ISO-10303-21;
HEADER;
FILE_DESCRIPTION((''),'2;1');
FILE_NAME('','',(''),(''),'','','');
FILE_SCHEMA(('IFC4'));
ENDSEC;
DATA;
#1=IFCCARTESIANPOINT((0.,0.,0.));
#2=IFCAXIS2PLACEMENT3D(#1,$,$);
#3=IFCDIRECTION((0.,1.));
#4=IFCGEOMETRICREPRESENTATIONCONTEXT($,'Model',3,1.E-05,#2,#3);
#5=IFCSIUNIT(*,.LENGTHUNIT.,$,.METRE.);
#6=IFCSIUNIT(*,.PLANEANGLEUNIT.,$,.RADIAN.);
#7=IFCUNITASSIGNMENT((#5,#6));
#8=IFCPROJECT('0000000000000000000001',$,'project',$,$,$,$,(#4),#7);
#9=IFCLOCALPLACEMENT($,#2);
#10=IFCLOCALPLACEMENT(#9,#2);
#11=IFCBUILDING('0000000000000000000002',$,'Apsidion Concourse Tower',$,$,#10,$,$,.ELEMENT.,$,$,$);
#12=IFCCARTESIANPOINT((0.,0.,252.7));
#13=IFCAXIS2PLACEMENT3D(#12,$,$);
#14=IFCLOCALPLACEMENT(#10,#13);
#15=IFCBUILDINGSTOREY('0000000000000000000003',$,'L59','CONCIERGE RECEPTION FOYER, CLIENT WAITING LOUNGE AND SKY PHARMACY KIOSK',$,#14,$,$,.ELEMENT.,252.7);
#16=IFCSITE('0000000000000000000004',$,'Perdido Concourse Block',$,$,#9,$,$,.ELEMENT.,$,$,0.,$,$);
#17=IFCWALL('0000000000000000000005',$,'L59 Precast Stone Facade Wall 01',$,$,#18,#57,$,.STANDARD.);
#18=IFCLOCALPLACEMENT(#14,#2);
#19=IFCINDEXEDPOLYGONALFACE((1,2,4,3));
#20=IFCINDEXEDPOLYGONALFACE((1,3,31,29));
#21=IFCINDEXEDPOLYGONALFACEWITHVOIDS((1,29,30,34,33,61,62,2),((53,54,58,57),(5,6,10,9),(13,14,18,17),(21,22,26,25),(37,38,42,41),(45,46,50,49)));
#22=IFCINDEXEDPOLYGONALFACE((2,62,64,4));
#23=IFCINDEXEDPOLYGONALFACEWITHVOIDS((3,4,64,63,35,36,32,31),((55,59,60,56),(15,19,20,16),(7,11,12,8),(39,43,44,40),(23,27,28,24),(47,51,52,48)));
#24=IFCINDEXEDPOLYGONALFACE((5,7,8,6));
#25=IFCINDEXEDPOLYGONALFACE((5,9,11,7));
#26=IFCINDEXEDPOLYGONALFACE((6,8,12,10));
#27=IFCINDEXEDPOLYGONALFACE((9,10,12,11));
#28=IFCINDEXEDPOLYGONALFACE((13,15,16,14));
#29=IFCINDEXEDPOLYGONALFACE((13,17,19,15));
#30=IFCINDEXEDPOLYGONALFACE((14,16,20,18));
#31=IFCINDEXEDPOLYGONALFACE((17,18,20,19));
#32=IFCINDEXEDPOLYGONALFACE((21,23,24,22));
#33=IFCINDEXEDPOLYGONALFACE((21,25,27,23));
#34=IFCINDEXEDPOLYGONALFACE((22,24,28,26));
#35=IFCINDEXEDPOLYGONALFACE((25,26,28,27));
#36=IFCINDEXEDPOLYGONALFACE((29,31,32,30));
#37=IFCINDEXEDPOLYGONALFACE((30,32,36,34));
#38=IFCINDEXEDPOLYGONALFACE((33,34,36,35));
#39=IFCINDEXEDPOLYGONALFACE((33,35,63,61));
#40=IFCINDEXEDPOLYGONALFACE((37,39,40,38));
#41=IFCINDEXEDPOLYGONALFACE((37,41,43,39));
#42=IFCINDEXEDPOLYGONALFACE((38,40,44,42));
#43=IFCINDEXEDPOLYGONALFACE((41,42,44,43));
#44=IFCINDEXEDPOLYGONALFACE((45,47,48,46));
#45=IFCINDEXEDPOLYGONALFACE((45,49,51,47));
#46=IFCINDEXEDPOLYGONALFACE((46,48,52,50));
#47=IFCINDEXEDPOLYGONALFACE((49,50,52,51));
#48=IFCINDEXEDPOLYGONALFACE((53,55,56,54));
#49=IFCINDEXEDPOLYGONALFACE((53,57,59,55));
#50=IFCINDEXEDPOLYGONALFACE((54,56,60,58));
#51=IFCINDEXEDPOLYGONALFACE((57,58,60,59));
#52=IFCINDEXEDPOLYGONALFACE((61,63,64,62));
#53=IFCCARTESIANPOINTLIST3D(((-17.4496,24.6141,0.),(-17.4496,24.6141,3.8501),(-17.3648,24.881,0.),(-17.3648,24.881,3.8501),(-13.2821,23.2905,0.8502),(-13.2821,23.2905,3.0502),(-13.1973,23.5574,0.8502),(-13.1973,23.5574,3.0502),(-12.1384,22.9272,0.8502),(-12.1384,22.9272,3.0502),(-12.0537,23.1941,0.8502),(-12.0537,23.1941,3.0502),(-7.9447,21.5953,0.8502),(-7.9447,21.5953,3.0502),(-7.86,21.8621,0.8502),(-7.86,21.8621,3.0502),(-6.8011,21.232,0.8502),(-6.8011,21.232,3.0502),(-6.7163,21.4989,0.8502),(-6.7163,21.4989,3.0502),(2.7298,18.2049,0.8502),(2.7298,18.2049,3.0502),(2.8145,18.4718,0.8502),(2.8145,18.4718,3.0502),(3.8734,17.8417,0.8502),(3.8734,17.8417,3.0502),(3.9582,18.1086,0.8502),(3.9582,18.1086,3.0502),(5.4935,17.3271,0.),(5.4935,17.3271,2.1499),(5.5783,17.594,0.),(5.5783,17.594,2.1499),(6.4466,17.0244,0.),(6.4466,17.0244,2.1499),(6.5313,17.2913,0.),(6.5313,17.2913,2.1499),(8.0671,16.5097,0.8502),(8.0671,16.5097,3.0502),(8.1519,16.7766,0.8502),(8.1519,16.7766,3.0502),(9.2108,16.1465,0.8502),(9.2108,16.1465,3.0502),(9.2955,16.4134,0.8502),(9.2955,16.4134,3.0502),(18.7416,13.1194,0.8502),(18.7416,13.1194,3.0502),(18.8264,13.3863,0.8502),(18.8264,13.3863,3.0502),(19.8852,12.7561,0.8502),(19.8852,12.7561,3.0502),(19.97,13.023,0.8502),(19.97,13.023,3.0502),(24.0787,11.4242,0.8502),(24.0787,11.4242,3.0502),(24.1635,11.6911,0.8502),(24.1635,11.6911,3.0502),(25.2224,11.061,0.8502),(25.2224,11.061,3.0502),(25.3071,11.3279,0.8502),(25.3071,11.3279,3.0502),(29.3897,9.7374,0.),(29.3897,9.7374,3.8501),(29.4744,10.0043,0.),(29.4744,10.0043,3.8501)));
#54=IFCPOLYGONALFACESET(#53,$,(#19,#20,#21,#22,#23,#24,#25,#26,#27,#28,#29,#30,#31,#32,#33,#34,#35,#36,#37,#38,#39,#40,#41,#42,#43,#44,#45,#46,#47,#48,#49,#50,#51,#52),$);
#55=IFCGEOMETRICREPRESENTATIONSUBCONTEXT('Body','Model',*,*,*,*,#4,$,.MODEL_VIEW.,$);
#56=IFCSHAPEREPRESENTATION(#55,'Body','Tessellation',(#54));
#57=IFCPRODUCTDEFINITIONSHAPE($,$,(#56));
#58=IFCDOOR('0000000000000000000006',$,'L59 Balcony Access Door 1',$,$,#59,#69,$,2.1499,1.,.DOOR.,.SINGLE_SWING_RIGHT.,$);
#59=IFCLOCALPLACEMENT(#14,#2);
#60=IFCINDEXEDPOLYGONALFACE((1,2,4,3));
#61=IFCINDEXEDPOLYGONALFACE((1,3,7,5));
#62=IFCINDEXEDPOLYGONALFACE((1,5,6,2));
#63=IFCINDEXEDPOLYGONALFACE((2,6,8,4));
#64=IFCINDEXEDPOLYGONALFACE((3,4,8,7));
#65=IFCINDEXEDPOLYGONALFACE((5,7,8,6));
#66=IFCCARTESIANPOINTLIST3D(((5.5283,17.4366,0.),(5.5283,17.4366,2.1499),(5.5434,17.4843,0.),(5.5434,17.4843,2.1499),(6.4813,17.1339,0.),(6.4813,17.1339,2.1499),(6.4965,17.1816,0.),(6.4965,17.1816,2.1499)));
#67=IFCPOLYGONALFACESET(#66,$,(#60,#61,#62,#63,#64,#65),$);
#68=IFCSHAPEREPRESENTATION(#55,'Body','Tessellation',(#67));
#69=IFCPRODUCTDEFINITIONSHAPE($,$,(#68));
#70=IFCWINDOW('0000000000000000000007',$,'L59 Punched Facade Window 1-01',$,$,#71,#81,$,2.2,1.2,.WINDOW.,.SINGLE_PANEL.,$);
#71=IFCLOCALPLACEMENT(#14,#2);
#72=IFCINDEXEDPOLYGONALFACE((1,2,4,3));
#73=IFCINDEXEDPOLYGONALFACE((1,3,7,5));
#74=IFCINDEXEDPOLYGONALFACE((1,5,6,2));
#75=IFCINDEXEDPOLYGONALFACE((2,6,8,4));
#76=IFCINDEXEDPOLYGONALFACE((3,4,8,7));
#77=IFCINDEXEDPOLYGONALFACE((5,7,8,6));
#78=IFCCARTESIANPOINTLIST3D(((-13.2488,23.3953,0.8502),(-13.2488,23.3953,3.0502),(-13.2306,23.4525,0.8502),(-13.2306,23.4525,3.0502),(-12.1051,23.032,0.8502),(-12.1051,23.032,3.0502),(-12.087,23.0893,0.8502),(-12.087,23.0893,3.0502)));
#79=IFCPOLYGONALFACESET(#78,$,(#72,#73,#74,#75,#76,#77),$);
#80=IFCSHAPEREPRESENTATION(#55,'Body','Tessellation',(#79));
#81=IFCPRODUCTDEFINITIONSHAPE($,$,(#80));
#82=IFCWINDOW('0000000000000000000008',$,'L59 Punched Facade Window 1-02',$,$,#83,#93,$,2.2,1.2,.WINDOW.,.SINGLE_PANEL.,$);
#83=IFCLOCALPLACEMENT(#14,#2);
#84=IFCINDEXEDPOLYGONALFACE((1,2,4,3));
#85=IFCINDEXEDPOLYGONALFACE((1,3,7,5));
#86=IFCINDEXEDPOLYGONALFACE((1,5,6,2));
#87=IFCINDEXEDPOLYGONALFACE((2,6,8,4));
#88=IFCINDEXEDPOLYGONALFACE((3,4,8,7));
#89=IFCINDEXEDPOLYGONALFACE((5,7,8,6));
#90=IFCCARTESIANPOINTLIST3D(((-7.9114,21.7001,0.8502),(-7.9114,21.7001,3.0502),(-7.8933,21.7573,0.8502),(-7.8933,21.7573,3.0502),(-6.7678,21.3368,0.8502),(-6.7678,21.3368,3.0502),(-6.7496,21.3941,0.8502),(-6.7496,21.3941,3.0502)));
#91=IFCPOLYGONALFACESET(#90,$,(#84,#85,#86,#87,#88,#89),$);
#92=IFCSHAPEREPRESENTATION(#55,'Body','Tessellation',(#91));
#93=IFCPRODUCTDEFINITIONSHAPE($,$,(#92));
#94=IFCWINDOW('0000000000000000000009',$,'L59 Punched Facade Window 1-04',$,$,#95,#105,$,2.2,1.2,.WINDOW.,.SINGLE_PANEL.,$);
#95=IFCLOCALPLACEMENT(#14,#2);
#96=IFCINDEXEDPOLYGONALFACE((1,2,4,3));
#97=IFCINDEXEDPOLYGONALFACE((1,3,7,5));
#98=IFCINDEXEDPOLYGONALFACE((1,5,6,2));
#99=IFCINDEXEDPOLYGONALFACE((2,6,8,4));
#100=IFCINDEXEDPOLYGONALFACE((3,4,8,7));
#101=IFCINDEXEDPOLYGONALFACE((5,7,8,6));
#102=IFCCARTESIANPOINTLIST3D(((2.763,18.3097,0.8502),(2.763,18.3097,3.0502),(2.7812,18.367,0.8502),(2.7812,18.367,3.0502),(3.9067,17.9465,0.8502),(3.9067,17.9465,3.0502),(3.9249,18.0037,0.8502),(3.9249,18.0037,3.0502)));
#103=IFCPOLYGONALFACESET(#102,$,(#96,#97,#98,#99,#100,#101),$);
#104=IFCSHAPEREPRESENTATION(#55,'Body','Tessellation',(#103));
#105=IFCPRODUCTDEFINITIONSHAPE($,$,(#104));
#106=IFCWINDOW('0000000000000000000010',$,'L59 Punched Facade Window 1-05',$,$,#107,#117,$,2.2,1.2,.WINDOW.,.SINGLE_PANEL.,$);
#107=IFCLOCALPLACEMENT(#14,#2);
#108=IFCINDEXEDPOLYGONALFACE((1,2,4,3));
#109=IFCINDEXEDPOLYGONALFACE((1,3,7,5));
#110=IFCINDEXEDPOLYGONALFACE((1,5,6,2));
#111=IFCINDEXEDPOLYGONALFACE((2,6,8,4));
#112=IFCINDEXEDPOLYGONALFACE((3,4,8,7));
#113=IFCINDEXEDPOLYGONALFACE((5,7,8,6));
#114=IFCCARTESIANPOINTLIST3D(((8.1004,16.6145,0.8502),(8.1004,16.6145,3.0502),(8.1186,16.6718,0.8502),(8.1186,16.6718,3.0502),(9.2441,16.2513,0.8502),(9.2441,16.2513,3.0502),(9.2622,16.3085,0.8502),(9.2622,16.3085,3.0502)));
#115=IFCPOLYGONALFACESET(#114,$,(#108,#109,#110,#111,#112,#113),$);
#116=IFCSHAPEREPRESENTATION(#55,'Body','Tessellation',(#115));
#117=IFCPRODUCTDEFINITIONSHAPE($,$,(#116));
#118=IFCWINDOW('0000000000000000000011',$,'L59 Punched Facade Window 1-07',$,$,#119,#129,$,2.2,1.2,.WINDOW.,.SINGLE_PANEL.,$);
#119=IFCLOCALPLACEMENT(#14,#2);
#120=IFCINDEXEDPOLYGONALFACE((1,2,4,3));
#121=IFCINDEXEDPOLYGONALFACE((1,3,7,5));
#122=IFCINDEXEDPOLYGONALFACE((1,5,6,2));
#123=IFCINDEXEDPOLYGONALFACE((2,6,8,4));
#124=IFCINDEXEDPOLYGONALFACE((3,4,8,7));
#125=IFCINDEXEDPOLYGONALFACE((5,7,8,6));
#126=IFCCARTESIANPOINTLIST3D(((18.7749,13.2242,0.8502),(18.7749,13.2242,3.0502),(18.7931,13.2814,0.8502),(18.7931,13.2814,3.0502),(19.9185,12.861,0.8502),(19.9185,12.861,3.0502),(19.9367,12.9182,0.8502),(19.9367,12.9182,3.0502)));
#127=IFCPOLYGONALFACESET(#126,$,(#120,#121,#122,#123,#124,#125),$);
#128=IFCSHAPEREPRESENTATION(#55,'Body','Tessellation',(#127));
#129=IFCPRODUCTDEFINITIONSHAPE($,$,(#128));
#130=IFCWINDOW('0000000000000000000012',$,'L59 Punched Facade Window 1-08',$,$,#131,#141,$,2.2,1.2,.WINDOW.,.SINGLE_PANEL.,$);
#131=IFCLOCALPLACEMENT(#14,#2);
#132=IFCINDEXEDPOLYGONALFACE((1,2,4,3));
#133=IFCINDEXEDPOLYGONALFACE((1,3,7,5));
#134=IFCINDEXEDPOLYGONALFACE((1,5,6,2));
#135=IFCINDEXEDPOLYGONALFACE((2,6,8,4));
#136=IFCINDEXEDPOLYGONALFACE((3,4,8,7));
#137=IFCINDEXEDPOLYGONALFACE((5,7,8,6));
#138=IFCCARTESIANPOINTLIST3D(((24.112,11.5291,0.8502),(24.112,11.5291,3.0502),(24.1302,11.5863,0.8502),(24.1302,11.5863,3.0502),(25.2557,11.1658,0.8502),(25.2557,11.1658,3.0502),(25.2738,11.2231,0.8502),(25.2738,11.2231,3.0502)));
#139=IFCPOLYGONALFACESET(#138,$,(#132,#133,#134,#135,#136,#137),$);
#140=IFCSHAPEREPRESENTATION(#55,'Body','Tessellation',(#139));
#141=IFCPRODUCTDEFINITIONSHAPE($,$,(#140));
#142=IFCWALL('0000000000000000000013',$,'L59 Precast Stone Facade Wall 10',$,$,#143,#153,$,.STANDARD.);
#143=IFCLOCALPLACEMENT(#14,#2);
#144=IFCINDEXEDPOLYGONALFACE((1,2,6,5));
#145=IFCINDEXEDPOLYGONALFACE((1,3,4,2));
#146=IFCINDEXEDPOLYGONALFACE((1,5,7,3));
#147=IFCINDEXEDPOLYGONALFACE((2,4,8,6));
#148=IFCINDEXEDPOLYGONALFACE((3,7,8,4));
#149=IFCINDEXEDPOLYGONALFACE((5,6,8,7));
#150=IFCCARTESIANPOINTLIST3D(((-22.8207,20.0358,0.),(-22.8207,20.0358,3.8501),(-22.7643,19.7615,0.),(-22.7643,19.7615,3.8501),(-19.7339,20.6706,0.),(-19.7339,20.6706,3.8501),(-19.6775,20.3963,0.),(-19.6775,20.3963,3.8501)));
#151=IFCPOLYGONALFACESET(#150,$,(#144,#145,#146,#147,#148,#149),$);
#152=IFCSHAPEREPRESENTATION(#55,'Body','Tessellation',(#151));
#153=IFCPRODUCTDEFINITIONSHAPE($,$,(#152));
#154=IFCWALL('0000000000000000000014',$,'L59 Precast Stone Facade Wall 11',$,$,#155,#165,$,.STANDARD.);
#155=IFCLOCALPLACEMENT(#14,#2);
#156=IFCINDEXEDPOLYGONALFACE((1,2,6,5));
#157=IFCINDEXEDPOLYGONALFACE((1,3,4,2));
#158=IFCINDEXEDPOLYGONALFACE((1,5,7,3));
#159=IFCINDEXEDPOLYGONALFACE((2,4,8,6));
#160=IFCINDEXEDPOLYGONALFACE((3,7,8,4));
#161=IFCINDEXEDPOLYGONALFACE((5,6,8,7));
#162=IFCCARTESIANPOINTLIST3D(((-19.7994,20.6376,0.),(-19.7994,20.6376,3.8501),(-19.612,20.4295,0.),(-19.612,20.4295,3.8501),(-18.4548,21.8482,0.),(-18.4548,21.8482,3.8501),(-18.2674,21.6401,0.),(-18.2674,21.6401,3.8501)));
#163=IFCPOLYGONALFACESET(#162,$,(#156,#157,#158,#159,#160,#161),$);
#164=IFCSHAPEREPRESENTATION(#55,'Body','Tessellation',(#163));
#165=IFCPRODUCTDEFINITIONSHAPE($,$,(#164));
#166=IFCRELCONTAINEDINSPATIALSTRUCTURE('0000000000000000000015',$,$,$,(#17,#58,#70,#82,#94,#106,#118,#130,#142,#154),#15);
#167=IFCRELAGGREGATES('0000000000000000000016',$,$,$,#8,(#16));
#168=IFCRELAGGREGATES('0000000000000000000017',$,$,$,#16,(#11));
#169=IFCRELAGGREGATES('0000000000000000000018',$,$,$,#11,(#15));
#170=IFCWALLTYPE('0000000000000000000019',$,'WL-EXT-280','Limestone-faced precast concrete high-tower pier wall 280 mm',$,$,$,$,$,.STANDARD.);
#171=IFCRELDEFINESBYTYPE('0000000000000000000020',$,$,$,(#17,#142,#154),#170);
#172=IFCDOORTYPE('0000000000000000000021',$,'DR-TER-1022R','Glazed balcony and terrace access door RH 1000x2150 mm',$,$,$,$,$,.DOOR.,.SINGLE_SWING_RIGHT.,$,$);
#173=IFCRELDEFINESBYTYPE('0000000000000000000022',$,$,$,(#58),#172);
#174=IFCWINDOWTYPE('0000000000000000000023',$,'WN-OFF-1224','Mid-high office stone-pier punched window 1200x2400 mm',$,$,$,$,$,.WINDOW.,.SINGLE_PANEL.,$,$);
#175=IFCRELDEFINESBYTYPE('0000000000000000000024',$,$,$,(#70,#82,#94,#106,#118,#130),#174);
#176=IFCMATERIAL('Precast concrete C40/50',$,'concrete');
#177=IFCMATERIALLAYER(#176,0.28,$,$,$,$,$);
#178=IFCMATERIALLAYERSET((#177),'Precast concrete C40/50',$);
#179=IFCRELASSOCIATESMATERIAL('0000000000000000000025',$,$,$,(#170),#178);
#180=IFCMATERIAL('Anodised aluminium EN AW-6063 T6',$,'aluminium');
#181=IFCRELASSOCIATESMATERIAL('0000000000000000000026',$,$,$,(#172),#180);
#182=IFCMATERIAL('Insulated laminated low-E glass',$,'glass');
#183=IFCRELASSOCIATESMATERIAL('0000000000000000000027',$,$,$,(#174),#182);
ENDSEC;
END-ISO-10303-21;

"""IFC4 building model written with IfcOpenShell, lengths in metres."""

from ifc_helpers import new_model, si_unit, direction, frame, frame_2d, origin, place, context, subcontext, project, spatial, rectangle, extrude, material, layer, layer_set, type_object, element, fill, save


model = new_model("IFC4")

# Units and contexts
model_context = context("Model", 3, precision=1e-05, world=origin(), true_north=direction((0.0, 1.0)))
body_context = subcontext(model_context, "Body", "Model", "MODEL_VIEW")
ifc_project = project(units=[si_unit("LENGTHUNIT", "METRE"), si_unit("PLANEANGLEUNIT", "RADIAN")], contexts=[model_context])

# Site, building, storey
site_placement = place(None, origin())
site = spatial("IfcSite", under=ifc_project, at=site_placement, Name="Perdido Concourse Block", CompositionType="ELEMENT", RefElevation=0.0)
building_placement = place(site_placement, origin())
building = spatial("IfcBuilding", under=site, at=building_placement, Name="Apsidion Concourse Tower", CompositionType="ELEMENT")
storey_placement = place(building_placement, frame((0.0, 0.0, 252.7)))
storey = spatial("IfcBuildingStorey", under=building, at=storey_placement, Name="L59", Description="CONCIERGE RECEPTION FOYER, CLIENT WAITING LOUNGE AND SKY PHARMACY KIOSK", CompositionType="ELEMENT", Elevation=252.7)

# Wall, openings, door, windows
ifc_material_1 = material(Name="Precast concrete C40/50", Category="concrete")
ifc_layer_1 = layer(ifc_material_1, 0.28)
ifc_layer_set_1 = layer_set([ifc_layer_1], Name="Precast concrete C40/50")
wall_type_1 = type_object("IfcWallType", Name="WL-EXT-280", Description="Limestone-faced precast concrete high-tower pier wall 280 mm", PredefinedType="STANDARD", material=ifc_layer_set_1)
wall_1_placement = place(storey_placement, frame((-17.4072, 24.7476, 0.0), z_axis=(0.0, 0.0, 1.0), x_axis=(0.953083, -0.30271, 0.0)))
wall_1 = element("IfcWall", 1, at=wall_1_placement, inside=storey, type_object=wall_type_1, Name="L59 Precast Stone Facade Wall 01", PredefinedType="STANDARD", context=body_context, shape_type="SweptSolid", body=[
    extrude(rectangle(XDim=49.145, YDim=0.28, at=frame_2d((24.5725, 0.0))), origin(), (0.0, 0.0, 1.0), 3.8501),
])
opening_1_placement = place(wall_1_placement, frame((24.0725, 0.0, 0.0)))
opening_1 = element("IfcOpeningElement", 2, at=opening_1_placement, cuts=wall_1, PredefinedType="OPENING", context=body_context, shape_type="SweptSolid", body=[
    extrude(rectangle(XDim=1.0, YDim=2.1499, at=frame_2d((0.5, 1.075))), frame((0.0, 0.1499, 0.0), z_axis=(0.0, -1.0, 0.0), x_axis=(1.0, 0.0, 0.0)), (0.0, 0.0, 1.0), 0.3),
])
opening_2_placement = place(wall_1_placement, frame((4.3726, 0.0, 0.8501)))
opening_2 = element("IfcOpeningElement", 3, at=opening_2_placement, cuts=wall_1, PredefinedType="OPENING", context=body_context, shape_type="SweptSolid", body=[
    extrude(rectangle(XDim=1.2, YDim=2.2, at=frame_2d((0.6001, 1.1001))), frame((0.0, 0.1499, 0.0), z_axis=(0.0, -1.0, 0.0), x_axis=(1.0, 0.0, 0.0)), (0.0, 0.0, 1.0), 0.3),
])
opening_3_placement = place(wall_1_placement, frame((9.9727, 0.0, 0.8501)))
opening_3 = element("IfcOpeningElement", 4, at=opening_3_placement, cuts=wall_1, PredefinedType="OPENING", context=body_context, shape_type="SweptSolid", body=[
    extrude(rectangle(XDim=1.2, YDim=2.2, at=frame_2d((0.6001, 1.1001))), frame((0.0, 0.1499, 0.0), z_axis=(0.0, -1.0, 0.0), x_axis=(1.0, 0.0, 0.0)), (0.0, 0.0, 1.0), 0.3),
])
opening_4_placement = place(wall_1_placement, frame((21.1726, 0.0, 0.8501)))
opening_4 = element("IfcOpeningElement", 5, at=opening_4_placement, cuts=wall_1, PredefinedType="OPENING", context=body_context, shape_type="SweptSolid", body=[
    extrude(rectangle(XDim=1.2, YDim=2.2, at=frame_2d((0.6001, 1.1001))), frame((0.0, 0.1499, 0.0), z_axis=(0.0, -1.0, 0.0), x_axis=(1.0, 0.0, 0.0)), (0.0, 0.0, 1.0), 0.3),
])
opening_5_placement = place(wall_1_placement, frame((26.7727, 0.0, 0.8501)))
opening_5 = element("IfcOpeningElement", 6, at=opening_5_placement, cuts=wall_1, PredefinedType="OPENING", context=body_context, shape_type="SweptSolid", body=[
    extrude(rectangle(XDim=1.2, YDim=2.2, at=frame_2d((0.6001, 1.1001))), frame((0.0, 0.1499, 0.0), z_axis=(0.0, -1.0, 0.0), x_axis=(1.0, 0.0, 0.0)), (0.0, 0.0, 1.0), 0.3),
])
opening_6_placement = place(wall_1_placement, frame((37.9727, 0.0, 0.8501)))
opening_6 = element("IfcOpeningElement", 7, at=opening_6_placement, cuts=wall_1, PredefinedType="OPENING", context=body_context, shape_type="SweptSolid", body=[
    extrude(rectangle(XDim=1.2, YDim=2.2, at=frame_2d((0.6001, 1.1001))), frame((0.0, 0.1499, 0.0), z_axis=(0.0, -1.0, 0.0), x_axis=(1.0, 0.0, 0.0)), (0.0, 0.0, 1.0), 0.3),
])
opening_7_placement = place(wall_1_placement, frame((43.5725, 0.0, 0.8501)))
opening_7 = element("IfcOpeningElement", 8, at=opening_7_placement, cuts=wall_1, PredefinedType="OPENING", context=body_context, shape_type="SweptSolid", body=[
    extrude(rectangle(XDim=1.2, YDim=2.2, at=frame_2d((0.6001, 1.1001))), frame((0.0, 0.1499, 0.0), z_axis=(0.0, -1.0, 0.0), x_axis=(1.0, 0.0, 0.0)), (0.0, 0.0, 1.0), 0.3),
])
ifc_material_2 = material(Name="Anodised aluminium EN AW-6063 T6", Category="aluminium")
door_type_1 = type_object("IfcDoorType", Name="DR-TER-1022R", Description="Glazed balcony and terrace access door RH 1000x2150 mm", OperationType="SINGLE_SWING_RIGHT", PredefinedType="DOOR", material=ifc_material_2)
door_1_placement = place(opening_1_placement, origin())
door_1 = element("IfcDoor", 9, at=door_1_placement, inside=storey, type_object=door_type_1, Name="L59 Balcony Access Door 1", OperationType="SINGLE_SWING_RIGHT", OverallHeight=2.1499, OverallWidth=1.0, PredefinedType="DOOR", context=body_context, shape_type="SweptSolid", body=[
    extrude(rectangle(XDim=1.0, YDim=2.1499, at=frame_2d((0.5, 1.075))), frame((0.0, 0.0249, 0.0), z_axis=(0.0, -1.0, 0.0), x_axis=(1.0, 0.0, 0.0)), (0.0, 0.0, 1.0), 0.05),
])
fill(opening_1, door_1)
ifc_material_3 = material(Name="Insulated laminated low-E glass", Category="glass")
window_type = type_object("IfcWindowType", Name="WN-OFF-1224", Description="Mid-high office stone-pier punched window 1200x2400 mm", PartitioningType="SINGLE_PANEL", PredefinedType="WINDOW", material=ifc_material_3)
window_1_placement = place(opening_2_placement, origin())
window_1 = element("IfcWindow", 10, at=window_1_placement, inside=storey, type_object=window_type, Name="L59 Punched Facade Window 1-01", OverallHeight=2.2, OverallWidth=1.2, PartitioningType="SINGLE_PANEL", PredefinedType="WINDOW", context=body_context, shape_type="SweptSolid", body=[
    extrude(rectangle(XDim=1.2, YDim=2.2, at=frame_2d((0.6001, 1.1001))), frame((0.0, 0.03, 0.0), z_axis=(0.0, -1.0, 0.0), x_axis=(1.0, 0.0, 0.0)), (0.0, 0.0, 1.0), 0.0601),
])
fill(opening_2, window_1)
window_2_placement = place(opening_3_placement, origin())
window_2 = element("IfcWindow", 11, at=window_2_placement, inside=storey, type_object=window_type, Name="L59 Punched Facade Window 1-02", OverallHeight=2.2, OverallWidth=1.2, PartitioningType="SINGLE_PANEL", PredefinedType="WINDOW", context=body_context, shape_type="SweptSolid", body=[
    extrude(rectangle(XDim=1.2, YDim=2.2, at=frame_2d((0.6001, 1.1001))), frame((0.0, 0.03, 0.0), z_axis=(0.0, -1.0, 0.0), x_axis=(1.0, 0.0, 0.0)), (0.0, 0.0, 1.0), 0.0601),
])
fill(opening_3, window_2)
window_3_placement = place(opening_4_placement, origin())
window_3 = element("IfcWindow", 12, at=window_3_placement, inside=storey, type_object=window_type, Name="L59 Punched Facade Window 1-04", OverallHeight=2.2, OverallWidth=1.2, PartitioningType="SINGLE_PANEL", PredefinedType="WINDOW", context=body_context, shape_type="SweptSolid", body=[
    extrude(rectangle(XDim=1.2, YDim=2.2, at=frame_2d((0.6001, 1.1001))), frame((0.0, 0.03, 0.0), z_axis=(0.0, -1.0, 0.0), x_axis=(1.0, 0.0, 0.0)), (0.0, 0.0, 1.0), 0.0601),
])
fill(opening_4, window_3)
window_4_placement = place(opening_5_placement, origin())
window_4 = element("IfcWindow", 13, at=window_4_placement, inside=storey, type_object=window_type, Name="L59 Punched Facade Window 1-05", OverallHeight=2.2, OverallWidth=1.2, PartitioningType="SINGLE_PANEL", PredefinedType="WINDOW", context=body_context, shape_type="SweptSolid", body=[
    extrude(rectangle(XDim=1.2, YDim=2.2, at=frame_2d((0.6001, 1.1001))), frame((0.0, 0.03, 0.0), z_axis=(0.0, -1.0, 0.0), x_axis=(1.0, 0.0, 0.0)), (0.0, 0.0, 1.0), 0.0601),
])
fill(opening_5, window_4)
window_5_placement = place(opening_6_placement, origin())
window_5 = element("IfcWindow", 14, at=window_5_placement, inside=storey, type_object=window_type, Name="L59 Punched Facade Window 1-07", OverallHeight=2.2, OverallWidth=1.2, PartitioningType="SINGLE_PANEL", PredefinedType="WINDOW", context=body_context, shape_type="SweptSolid", body=[
    extrude(rectangle(XDim=1.2, YDim=2.2, at=frame_2d((0.6001, 1.1001))), frame((0.0, 0.03, 0.0), z_axis=(0.0, -1.0, 0.0), x_axis=(1.0, 0.0, 0.0)), (0.0, 0.0, 1.0), 0.0601),
])
fill(opening_6, window_5)
window_6_placement = place(opening_7_placement, origin())
window_6 = element("IfcWindow", 15, at=window_6_placement, inside=storey, type_object=window_type, Name="L59 Punched Facade Window 1-08", OverallHeight=2.2, OverallWidth=1.2, PartitioningType="SINGLE_PANEL", PredefinedType="WINDOW", context=body_context, shape_type="SweptSolid", body=[
    extrude(rectangle(XDim=1.2, YDim=2.2, at=frame_2d((0.6001, 1.1001))), frame((0.0, 0.03, 0.0), z_axis=(0.0, -1.0, 0.0), x_axis=(1.0, 0.0, 0.0)), (0.0, 0.0, 1.0), 0.0601),
])
fill(opening_7, window_6)

# Walls
wall_2_placement = place(storey_placement, frame((-22.7925, 19.8987, 0.0), z_axis=(0.0, 0.0, 1.0), x_axis=(0.979502, 0.201432, 0.0)))
element("IfcWall", 16, at=wall_2_placement, inside=storey, type_object=wall_type_1, Name="L59 Precast Stone Facade Wall 10", PredefinedType="STANDARD", context=body_context, shape_type="SweptSolid", body=[
    extrude(rectangle(XDim=3.1514, YDim=0.28, at=frame_2d((1.5757, 0.0))), origin(), (0.0, 0.0, 1.0), 3.8501),
])
wall_3_placement = place(storey_placement, frame((-19.7058, 20.5334, 0.0), z_axis=(0.0, 0.0, 1.0), x_axis=(0.743173, 0.669099, 0.0)))
element("IfcWall", 17, at=wall_3_placement, inside=storey, type_object=wall_type_1, Name="L59 Precast Stone Facade Wall 11", PredefinedType="STANDARD", context=body_context, shape_type="SweptSolid", body=[
    extrude(rectangle(XDim=1.8093, YDim=0.28, at=frame_2d((0.9048, 0.0))), origin(), (0.0, 0.0, 1.0), 3.8501),
])

save(model, "model.ifc")
